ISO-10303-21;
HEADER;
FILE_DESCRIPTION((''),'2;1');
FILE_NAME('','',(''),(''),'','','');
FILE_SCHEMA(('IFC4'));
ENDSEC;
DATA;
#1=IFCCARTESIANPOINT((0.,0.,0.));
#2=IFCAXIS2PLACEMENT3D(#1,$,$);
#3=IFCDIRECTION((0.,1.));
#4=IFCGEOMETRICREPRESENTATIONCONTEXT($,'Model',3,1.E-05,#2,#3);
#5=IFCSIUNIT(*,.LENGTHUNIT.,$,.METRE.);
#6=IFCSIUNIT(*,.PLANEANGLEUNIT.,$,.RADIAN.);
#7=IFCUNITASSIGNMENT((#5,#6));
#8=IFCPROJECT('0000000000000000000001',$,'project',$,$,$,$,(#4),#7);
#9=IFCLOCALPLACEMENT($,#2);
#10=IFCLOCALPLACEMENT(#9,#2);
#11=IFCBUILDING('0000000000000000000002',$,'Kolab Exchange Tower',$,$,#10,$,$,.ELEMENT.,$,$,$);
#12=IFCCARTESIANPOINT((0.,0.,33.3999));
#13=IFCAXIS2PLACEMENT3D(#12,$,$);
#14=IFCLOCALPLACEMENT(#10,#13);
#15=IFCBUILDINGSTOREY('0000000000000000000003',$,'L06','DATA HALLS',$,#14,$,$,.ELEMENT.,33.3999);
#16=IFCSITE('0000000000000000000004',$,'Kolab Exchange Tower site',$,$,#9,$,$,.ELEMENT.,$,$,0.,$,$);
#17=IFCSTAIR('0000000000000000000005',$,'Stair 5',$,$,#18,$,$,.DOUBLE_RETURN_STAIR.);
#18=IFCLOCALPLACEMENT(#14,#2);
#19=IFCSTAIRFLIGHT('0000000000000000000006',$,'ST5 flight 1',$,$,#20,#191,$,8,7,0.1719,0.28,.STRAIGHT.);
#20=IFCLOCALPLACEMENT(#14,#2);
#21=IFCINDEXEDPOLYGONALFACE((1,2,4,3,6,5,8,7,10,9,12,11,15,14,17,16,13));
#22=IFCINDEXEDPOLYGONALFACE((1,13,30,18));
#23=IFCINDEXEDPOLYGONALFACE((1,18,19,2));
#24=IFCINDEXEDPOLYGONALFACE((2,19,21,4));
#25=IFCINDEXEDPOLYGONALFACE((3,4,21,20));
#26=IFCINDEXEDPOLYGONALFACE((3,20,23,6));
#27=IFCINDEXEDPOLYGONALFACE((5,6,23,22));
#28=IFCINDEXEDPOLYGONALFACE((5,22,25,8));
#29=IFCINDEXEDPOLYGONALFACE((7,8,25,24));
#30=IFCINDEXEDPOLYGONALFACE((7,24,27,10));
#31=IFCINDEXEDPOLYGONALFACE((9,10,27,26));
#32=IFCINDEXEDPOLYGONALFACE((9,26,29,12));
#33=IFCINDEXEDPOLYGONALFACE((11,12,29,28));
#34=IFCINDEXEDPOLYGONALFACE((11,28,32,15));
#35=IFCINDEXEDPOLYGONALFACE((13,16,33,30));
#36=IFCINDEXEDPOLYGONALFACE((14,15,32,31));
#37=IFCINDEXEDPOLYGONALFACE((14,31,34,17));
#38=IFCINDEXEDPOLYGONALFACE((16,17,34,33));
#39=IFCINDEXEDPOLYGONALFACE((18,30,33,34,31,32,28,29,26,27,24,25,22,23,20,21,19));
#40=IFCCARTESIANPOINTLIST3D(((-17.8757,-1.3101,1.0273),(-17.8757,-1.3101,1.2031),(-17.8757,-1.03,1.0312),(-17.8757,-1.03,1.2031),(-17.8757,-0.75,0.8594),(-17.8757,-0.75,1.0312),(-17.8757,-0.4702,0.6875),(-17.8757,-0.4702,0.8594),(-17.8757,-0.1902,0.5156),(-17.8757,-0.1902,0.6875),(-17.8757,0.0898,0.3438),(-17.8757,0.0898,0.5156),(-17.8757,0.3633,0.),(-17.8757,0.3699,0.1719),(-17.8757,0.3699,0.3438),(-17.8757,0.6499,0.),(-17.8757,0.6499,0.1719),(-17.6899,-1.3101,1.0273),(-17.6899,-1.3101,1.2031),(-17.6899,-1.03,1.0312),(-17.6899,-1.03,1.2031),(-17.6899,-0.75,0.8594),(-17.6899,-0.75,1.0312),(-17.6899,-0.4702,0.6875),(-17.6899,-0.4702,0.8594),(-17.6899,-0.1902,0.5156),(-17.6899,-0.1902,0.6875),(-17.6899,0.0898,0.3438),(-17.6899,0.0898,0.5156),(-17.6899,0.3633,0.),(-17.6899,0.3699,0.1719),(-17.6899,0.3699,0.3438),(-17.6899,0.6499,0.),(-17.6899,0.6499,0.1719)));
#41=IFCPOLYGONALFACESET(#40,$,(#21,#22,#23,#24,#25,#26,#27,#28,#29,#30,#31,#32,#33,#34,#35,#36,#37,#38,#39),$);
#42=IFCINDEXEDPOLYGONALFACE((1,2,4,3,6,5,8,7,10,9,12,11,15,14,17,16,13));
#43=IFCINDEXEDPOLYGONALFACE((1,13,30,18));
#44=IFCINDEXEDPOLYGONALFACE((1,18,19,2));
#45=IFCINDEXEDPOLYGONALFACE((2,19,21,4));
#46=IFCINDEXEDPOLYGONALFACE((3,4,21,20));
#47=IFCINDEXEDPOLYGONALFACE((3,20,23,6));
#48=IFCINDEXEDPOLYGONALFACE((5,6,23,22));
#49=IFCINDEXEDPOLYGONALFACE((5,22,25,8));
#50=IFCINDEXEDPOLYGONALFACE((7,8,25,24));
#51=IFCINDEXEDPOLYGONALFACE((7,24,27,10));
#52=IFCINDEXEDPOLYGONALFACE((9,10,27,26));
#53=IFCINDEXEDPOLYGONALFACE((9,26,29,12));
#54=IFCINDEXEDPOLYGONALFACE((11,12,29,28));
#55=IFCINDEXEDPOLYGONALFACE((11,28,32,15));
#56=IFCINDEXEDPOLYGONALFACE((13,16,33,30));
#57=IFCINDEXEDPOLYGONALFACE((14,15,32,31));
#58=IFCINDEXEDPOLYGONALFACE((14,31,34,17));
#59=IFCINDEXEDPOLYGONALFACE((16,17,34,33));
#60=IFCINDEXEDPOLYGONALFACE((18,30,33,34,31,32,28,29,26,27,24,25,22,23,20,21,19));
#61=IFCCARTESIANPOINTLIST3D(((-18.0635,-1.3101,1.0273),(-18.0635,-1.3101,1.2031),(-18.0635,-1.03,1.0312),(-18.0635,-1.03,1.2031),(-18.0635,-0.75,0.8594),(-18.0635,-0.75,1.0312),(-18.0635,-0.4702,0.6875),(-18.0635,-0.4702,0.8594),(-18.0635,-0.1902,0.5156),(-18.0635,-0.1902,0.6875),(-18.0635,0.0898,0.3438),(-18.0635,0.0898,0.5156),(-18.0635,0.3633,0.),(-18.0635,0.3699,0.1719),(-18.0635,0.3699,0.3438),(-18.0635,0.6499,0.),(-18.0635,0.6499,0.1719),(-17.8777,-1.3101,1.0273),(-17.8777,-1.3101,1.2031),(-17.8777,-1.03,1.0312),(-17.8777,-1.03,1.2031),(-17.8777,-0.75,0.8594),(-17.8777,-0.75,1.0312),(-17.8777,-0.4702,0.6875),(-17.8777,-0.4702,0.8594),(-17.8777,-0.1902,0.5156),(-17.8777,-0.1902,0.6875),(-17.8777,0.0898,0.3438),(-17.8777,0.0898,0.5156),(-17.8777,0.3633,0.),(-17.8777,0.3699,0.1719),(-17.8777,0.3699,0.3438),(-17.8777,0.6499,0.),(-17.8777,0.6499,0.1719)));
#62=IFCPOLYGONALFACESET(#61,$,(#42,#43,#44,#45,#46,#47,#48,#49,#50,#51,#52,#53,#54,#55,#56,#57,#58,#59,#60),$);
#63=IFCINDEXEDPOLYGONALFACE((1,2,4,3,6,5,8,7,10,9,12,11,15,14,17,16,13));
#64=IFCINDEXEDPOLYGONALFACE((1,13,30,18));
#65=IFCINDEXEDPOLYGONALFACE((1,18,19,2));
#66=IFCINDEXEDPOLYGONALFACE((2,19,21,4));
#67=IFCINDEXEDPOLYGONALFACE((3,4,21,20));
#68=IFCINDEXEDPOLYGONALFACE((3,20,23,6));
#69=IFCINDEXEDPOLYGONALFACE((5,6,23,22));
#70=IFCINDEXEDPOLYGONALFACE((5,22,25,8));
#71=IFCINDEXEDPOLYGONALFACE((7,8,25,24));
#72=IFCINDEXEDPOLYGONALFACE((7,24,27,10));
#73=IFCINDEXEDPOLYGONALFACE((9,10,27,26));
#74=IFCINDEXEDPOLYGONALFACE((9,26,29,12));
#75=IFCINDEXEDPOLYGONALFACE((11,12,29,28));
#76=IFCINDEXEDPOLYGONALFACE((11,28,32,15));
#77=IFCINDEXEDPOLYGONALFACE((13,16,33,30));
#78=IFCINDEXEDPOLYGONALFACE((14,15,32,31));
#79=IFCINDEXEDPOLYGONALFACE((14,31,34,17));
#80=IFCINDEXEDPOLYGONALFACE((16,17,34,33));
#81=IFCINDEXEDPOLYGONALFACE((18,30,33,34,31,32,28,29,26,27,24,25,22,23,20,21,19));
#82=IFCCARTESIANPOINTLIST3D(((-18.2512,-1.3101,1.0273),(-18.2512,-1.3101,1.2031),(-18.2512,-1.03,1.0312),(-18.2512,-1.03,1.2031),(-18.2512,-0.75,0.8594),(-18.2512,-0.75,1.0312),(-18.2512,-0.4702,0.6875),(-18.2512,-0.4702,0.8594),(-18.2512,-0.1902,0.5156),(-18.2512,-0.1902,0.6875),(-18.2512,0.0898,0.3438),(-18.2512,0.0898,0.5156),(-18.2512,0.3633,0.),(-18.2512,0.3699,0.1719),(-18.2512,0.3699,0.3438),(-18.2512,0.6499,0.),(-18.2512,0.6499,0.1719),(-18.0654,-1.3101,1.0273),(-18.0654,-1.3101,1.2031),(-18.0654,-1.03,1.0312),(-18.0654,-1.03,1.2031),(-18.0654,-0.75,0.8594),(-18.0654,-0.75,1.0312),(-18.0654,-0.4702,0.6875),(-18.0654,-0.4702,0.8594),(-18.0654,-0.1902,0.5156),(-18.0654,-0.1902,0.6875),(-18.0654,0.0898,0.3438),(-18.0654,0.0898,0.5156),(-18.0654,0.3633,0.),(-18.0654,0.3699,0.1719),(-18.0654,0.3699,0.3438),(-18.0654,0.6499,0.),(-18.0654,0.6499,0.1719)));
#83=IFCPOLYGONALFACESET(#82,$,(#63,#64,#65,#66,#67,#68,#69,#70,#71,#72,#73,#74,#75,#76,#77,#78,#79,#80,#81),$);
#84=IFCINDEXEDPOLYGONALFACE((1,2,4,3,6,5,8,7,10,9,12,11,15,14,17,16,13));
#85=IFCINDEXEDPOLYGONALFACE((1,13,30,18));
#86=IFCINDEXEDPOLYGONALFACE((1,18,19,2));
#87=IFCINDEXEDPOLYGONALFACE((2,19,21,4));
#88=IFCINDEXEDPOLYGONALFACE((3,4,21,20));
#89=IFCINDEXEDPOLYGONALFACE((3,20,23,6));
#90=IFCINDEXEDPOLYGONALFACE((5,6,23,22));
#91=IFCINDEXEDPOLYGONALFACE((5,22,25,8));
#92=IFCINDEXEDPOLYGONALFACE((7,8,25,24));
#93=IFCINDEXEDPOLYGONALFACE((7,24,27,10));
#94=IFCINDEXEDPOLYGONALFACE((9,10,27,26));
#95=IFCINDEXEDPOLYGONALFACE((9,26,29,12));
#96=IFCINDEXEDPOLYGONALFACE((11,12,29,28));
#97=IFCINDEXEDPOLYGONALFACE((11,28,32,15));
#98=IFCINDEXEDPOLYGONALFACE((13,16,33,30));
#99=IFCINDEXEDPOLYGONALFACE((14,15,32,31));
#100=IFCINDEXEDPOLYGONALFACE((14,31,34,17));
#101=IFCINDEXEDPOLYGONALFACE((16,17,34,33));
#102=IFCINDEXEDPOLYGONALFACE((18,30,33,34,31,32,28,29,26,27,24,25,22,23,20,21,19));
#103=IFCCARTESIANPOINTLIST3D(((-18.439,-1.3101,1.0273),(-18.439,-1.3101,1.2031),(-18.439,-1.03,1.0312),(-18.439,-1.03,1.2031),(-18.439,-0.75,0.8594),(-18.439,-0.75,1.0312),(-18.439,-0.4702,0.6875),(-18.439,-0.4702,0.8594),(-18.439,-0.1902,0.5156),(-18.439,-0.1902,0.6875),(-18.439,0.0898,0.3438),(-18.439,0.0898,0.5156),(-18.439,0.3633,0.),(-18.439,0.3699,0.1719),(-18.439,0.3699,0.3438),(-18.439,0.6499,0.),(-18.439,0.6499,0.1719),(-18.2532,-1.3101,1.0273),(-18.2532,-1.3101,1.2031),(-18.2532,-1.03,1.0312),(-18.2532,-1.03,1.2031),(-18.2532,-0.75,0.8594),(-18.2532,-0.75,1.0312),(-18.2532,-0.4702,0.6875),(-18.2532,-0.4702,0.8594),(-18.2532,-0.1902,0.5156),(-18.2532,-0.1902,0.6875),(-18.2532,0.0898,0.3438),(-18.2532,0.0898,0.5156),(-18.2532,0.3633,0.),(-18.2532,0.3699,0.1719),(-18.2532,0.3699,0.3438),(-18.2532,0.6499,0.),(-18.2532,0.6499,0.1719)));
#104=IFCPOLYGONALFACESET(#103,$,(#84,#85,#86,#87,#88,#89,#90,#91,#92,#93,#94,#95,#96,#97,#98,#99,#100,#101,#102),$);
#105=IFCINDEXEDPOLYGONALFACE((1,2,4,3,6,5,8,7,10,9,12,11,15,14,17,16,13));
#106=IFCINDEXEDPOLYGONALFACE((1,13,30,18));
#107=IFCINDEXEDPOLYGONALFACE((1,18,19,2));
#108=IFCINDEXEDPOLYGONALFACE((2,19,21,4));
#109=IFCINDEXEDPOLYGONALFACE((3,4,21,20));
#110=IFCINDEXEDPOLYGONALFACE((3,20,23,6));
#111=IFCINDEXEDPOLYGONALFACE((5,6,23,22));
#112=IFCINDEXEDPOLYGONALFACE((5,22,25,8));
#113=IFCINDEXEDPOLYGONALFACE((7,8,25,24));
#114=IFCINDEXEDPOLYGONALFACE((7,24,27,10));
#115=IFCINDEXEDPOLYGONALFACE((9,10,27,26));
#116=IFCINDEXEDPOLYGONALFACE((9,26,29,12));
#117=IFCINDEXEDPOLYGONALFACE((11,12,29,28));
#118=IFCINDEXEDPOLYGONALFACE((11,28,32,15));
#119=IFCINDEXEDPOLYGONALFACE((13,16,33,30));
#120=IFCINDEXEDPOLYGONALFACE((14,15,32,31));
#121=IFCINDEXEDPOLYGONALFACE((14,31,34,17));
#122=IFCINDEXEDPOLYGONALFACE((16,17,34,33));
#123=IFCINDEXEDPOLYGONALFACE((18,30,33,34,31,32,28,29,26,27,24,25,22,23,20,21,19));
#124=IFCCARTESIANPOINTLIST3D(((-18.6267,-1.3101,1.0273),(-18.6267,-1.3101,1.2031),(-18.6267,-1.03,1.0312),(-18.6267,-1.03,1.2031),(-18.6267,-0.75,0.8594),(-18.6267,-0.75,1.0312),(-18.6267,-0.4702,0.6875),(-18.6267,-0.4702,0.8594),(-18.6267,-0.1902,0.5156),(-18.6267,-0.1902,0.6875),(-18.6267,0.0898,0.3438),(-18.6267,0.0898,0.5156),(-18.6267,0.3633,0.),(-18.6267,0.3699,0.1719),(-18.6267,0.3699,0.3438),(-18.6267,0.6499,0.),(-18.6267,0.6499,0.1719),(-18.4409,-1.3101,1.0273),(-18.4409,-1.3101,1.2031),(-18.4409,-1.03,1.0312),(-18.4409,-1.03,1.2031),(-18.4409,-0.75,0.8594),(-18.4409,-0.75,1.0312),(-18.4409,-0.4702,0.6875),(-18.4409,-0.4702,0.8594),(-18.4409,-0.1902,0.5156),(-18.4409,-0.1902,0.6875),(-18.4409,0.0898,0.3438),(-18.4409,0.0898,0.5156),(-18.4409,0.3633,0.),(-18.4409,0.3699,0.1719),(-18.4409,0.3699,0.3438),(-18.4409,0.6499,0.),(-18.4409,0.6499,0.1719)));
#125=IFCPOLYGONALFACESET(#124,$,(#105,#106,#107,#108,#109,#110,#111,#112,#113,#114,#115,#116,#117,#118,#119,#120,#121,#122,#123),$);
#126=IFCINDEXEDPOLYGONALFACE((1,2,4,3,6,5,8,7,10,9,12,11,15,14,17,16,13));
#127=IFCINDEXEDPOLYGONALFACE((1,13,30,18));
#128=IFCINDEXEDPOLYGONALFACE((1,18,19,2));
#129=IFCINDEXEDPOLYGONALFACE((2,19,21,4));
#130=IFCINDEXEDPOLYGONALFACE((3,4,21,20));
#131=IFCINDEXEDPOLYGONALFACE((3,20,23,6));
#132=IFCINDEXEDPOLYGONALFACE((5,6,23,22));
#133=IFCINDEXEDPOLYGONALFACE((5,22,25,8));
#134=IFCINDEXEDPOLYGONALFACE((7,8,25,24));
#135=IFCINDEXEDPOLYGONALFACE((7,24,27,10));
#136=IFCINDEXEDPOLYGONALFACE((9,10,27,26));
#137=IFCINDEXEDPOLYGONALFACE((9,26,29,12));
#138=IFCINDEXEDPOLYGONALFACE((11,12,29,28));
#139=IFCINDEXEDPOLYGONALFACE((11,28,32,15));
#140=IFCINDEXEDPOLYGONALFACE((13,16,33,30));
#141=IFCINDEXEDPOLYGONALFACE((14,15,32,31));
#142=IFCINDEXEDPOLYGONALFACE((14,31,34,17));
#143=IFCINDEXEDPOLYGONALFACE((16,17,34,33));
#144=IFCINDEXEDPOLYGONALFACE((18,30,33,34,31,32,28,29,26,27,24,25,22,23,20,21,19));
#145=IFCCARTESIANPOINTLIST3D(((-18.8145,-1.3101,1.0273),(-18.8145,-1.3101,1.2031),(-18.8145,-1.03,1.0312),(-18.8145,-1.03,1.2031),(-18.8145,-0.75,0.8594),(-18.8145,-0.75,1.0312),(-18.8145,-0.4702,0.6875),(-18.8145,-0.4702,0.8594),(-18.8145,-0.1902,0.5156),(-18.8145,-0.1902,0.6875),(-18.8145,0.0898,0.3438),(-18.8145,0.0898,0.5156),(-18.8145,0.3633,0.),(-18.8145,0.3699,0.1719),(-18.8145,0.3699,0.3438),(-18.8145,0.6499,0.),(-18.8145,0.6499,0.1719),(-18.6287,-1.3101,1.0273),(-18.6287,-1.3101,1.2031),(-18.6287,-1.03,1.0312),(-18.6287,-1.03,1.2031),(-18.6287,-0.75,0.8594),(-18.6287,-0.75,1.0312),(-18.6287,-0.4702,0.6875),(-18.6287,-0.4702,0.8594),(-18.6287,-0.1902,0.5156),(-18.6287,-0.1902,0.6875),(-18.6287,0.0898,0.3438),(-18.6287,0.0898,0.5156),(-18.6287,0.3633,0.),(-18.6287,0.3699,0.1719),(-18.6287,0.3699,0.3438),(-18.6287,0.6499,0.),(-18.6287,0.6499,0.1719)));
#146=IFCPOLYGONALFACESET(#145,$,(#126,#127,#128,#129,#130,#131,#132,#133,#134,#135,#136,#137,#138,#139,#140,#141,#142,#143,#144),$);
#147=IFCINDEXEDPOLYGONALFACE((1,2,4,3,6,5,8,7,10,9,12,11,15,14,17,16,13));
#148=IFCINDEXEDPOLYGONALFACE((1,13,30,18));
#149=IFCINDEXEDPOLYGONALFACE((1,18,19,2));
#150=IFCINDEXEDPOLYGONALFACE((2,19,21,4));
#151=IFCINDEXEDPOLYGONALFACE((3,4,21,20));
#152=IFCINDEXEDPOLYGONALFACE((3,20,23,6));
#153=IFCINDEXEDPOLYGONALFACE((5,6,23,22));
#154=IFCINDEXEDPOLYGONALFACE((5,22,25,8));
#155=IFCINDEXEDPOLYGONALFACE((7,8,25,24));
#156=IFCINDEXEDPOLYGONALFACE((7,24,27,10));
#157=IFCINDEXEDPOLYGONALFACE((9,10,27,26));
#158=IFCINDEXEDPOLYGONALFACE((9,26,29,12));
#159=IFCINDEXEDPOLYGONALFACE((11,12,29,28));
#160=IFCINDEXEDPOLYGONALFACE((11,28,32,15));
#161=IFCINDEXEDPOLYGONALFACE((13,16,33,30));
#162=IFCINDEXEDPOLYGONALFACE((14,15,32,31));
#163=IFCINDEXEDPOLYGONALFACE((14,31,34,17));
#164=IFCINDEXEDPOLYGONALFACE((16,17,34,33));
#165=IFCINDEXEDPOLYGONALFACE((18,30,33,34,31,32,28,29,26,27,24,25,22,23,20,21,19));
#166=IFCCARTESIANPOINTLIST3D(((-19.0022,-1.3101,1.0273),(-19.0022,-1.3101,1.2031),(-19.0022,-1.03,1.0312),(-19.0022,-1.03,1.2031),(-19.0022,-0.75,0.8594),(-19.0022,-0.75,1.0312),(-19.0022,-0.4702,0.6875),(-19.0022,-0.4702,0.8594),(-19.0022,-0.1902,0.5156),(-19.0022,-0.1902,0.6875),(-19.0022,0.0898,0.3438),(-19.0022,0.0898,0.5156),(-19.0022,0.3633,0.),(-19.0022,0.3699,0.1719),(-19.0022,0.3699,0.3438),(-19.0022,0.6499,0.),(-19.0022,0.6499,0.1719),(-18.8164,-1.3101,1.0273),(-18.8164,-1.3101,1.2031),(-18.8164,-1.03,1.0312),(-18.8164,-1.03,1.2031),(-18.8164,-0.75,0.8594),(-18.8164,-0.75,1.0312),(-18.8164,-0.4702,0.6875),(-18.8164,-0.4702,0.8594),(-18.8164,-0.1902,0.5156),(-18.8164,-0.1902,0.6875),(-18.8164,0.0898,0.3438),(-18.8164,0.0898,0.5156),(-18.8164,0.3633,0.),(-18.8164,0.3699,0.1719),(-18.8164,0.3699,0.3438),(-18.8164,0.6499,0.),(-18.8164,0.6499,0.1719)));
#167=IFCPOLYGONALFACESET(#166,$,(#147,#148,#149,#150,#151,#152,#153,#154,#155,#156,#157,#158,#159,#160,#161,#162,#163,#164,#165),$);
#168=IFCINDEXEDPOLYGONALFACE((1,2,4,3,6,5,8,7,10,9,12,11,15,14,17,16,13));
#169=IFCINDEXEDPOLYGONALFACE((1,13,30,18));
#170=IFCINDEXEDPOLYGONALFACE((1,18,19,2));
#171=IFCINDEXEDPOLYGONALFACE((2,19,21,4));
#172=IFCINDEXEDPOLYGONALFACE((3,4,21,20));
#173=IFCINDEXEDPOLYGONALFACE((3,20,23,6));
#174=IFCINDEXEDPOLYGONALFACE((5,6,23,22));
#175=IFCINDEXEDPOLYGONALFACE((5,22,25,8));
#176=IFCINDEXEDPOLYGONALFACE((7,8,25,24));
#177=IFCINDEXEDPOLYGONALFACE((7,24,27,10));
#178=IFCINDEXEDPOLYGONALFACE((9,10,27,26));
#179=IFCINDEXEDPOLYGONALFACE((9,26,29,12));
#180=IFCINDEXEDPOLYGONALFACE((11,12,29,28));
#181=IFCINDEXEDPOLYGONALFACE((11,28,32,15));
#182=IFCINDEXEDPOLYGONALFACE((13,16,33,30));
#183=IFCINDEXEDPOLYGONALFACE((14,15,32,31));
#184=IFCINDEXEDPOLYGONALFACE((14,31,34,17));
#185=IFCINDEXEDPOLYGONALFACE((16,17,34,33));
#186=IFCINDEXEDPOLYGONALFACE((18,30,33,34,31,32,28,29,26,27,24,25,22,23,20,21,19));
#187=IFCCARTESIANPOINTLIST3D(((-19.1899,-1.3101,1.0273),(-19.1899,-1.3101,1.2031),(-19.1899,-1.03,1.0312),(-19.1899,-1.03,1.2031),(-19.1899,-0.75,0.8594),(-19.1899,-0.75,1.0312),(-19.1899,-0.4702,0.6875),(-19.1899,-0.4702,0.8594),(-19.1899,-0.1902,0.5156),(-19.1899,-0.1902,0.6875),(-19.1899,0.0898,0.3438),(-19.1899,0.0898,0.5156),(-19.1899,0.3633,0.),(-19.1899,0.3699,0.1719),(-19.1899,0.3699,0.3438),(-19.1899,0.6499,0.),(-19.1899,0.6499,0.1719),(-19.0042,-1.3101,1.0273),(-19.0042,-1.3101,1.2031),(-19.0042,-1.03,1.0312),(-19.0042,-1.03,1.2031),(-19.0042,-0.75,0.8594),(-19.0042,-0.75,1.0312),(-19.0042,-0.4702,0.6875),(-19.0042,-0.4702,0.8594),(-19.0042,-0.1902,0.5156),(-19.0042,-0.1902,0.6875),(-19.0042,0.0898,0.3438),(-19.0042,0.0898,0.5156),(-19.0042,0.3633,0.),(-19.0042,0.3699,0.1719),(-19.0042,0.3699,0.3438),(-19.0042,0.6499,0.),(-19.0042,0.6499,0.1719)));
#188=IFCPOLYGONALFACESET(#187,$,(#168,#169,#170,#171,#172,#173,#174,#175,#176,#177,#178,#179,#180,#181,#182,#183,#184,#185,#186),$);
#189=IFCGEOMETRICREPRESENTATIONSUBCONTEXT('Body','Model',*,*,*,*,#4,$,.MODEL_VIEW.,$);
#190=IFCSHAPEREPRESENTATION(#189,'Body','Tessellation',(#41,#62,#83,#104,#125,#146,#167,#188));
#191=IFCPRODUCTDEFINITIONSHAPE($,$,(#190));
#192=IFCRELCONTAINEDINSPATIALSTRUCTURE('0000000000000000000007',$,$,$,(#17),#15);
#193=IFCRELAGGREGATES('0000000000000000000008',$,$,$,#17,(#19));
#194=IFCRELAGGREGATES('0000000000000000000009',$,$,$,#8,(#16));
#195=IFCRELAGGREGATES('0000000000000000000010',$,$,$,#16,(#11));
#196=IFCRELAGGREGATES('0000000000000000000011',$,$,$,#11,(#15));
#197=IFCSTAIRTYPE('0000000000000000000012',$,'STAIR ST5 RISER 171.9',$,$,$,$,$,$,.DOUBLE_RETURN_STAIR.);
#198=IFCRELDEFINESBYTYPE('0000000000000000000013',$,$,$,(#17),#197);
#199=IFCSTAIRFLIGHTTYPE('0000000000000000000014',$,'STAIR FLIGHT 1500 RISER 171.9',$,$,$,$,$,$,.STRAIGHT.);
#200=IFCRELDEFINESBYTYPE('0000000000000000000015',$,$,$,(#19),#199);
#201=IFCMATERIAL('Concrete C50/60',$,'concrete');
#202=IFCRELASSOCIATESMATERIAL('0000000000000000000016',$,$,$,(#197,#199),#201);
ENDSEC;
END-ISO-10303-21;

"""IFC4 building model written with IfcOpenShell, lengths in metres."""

from ifc_helpers import new_model, si_unit, direction, frame, origin, place, context, subcontext, project, spatial, polyline, outline, extrude, material, type_object, element, aggregate, save


model = new_model("IFC4")

# Units and contexts
model_context = context("Model", 3, precision=1e-05, world=origin(), true_north=direction((0.0, 1.0)))
body_context = subcontext(model_context, "Body", "Model", "MODEL_VIEW")
ifc_project = project(units=[si_unit("LENGTHUNIT", "METRE"), si_unit("PLANEANGLEUNIT", "RADIAN")], contexts=[model_context])

# Site, building, storey
site_placement = place(None, origin())
site = spatial("IfcSite", under=ifc_project, at=site_placement, Name="Kolab Exchange Tower site", CompositionType="ELEMENT", RefElevation=0.0)
building_placement = place(site_placement, origin())
building = spatial("IfcBuilding", under=site, at=building_placement, Name="Kolab Exchange Tower", CompositionType="ELEMENT")
storey_placement = place(building_placement, frame((0.0, 0.0, 33.3999)))
storey = spatial("IfcBuildingStorey", under=building, at=storey_placement, Name="L06", Description="DATA HALLS", CompositionType="ELEMENT", Elevation=33.3999)

# Shared definitions
ifc_material_1 = material(Name="Concrete C50/60", Category="concrete")

# Stair, stair flight
stair_type = type_object("IfcStairType", Name="STAIR ST5 RISER 171.9", PredefinedType="DOUBLE_RETURN_STAIR", material=ifc_material_1)
stair_placement = place(storey_placement, origin())
stair = element("IfcStair", 1, at=stair_placement, inside=storey, type_object=stair_type, Name="Stair 5", PredefinedType="DOUBLE_RETURN_STAIR")
stair_flight_type = type_object("IfcStairFlightType", Name="STAIR FLIGHT 1500 RISER 171.9", PredefinedType="STRAIGHT", material=ifc_material_1)
stair_flight_1_placement = place(storey_placement, frame((-18.4399, 0.6499, 0.0), z_axis=(0.0, 0.0, 1.0), x_axis=(0.0, -1.0, 0.0)))
stair_flight_1 = element("IfcStairFlight", 2, at=stair_flight_1_placement, type_object=stair_flight_type, Name="ST5 flight 1", NumberOfRisers=8, NumberOfTreads=7, PredefinedType="STRAIGHT", RiserHeight=0.1719, TreadLength=0.28, context=body_context, shape_type="SweptSolid", body=[
    extrude(outline(polyline([(0.0, 0.0), (0.0, 0.1719), (0.28, 0.1719), (0.28, 0.3438), (0.5601, 0.3438), (0.5601, 0.5156), (0.8401, 0.5156), (0.8401, 0.6875), (1.1201, 0.6875), (1.1201, 0.8594), (1.3999, 0.8594), (1.3999, 1.0312), (1.6799, 1.0312), (1.6799, 1.2031), (1.96, 1.2031), (1.96, 1.375), (1.96, 1.0273), (0.2866, 0.0), (0.0, 0.0)])), frame((0.0, 0.75, 0.0), z_axis=(0.0, -1.0, 0.0), x_axis=(1.0, 0.0, 0.0)), (0.0, 0.0, 1.0), 0.1858),
    extrude(outline(polyline([(0.0, 0.0), (0.0, 0.1719), (0.28, 0.1719), (0.28, 0.3438), (0.5601, 0.3438), (0.5601, 0.5156), (0.8401, 0.5156), (0.8401, 0.6875), (1.1201, 0.6875), (1.1201, 0.8594), (1.3999, 0.8594), (1.3999, 1.0312), (1.6799, 1.0312), (1.6799, 1.2031), (1.96, 1.2031), (1.96, 1.375), (1.96, 1.0273), (0.2866, 0.0), (0.0, 0.0)])), frame((0.0, 0.5623, 0.0), z_axis=(0.0, -1.0, 0.0), x_axis=(1.0, 0.0, 0.0)), (0.0, 0.0, 1.0), 0.1858),
    extrude(outline(polyline([(0.0, 0.0), (0.0, 0.1719), (0.28, 0.1719), (0.28, 0.3438), (0.5601, 0.3438), (0.5601, 0.5156), (0.8401, 0.5156), (0.8401, 0.6875), (1.1201, 0.6875), (1.1201, 0.8594), (1.3999, 0.8594), (1.3999, 1.0312), (1.6799, 1.0312), (1.6799, 1.2031), (1.96, 1.2031), (1.96, 1.375), (1.96, 1.0273), (0.2866, 0.0), (0.0, 0.0)])), frame((0.0, 0.3745, 0.0), z_axis=(0.0, -1.0, 0.0), x_axis=(1.0, 0.0, 0.0)), (0.0, 0.0, 1.0), 0.1858),
    extrude(outline(polyline([(0.0, 0.0), (0.0, 0.1719), (0.28, 0.1719), (0.28, 0.3438), (0.5601, 0.3438), (0.5601, 0.5156), (0.8401, 0.5156), (0.8401, 0.6875), (1.1201, 0.6875), (1.1201, 0.8594), (1.3999, 0.8594), (1.3999, 1.0312), (1.6799, 1.0312), (1.6799, 1.2031), (1.96, 1.2031), (1.96, 1.375), (1.96, 1.0273), (0.2866, 0.0), (0.0, 0.0)])), frame((0.0, 0.1868, 0.0), z_axis=(0.0, -1.0, 0.0), x_axis=(1.0, 0.0, 0.0)), (0.0, 0.0, 1.0), 0.1858),
    extrude(outline(polyline([(0.0, 0.0), (0.0, 0.1719), (0.28, 0.1719), (0.28, 0.3438), (0.5601, 0.3438), (0.5601, 0.5156), (0.8401, 0.5156), (0.8401, 0.6875), (1.1201, 0.6875), (1.1201, 0.8594), (1.3999, 0.8594), (1.3999, 1.0312), (1.6799, 1.0312), (1.6799, 1.2031), (1.96, 1.2031), (1.96, 1.375), (1.96, 1.0273), (0.2866, 0.0), (0.0, 0.0)])), frame((0.0, -0.001, 0.0), z_axis=(0.0, -1.0, 0.0), x_axis=(1.0, 0.0, 0.0)), (0.0, 0.0, 1.0), 0.1858),
    extrude(outline(polyline([(0.0, 0.0), (0.0, 0.1719), (0.28, 0.1719), (0.28, 0.3438), (0.5601, 0.3438), (0.5601, 0.5156), (0.8401, 0.5156), (0.8401, 0.6875), (1.1201, 0.6875), (1.1201, 0.8594), (1.3999, 0.8594), (1.3999, 1.0312), (1.6799, 1.0312), (1.6799, 1.2031), (1.96, 1.2031), (1.96, 1.375), (1.96, 1.0273), (0.2866, 0.0), (0.0, 0.0)])), frame((0.0, -0.1887, 0.0), z_axis=(0.0, -1.0, 0.0), x_axis=(1.0, 0.0, 0.0)), (0.0, 0.0, 1.0), 0.1858),
    extrude(outline(polyline([(0.0, 0.0), (0.0, 0.1719), (0.28, 0.1719), (0.28, 0.3438), (0.5601, 0.3438), (0.5601, 0.5156), (0.8401, 0.5156), (0.8401, 0.6875), (1.1201, 0.6875), (1.1201, 0.8594), (1.3999, 0.8594), (1.3999, 1.0312), (1.6799, 1.0312), (1.6799, 1.2031), (1.96, 1.2031), (1.96, 1.375), (1.96, 1.0273), (0.2866, 0.0), (0.0, 0.0)])), frame((0.0, -0.3765, 0.0), z_axis=(0.0, -1.0, 0.0), x_axis=(1.0, 0.0, 0.0)), (0.0, 0.0, 1.0), 0.1858),
    extrude(outline(polyline([(0.0, 0.0), (0.0, 0.1719), (0.28, 0.1719), (0.28, 0.3438), (0.5601, 0.3438), (0.5601, 0.5156), (0.8401, 0.5156), (0.8401, 0.6875), (1.1201, 0.6875), (1.1201, 0.8594), (1.3999, 0.8594), (1.3999, 1.0312), (1.6799, 1.0312), (1.6799, 1.2031), (1.96, 1.2031), (1.96, 1.375), (1.96, 1.0273), (0.2866, 0.0), (0.0, 0.0)])), frame((0.0, -0.5642, 0.0), z_axis=(0.0, -1.0, 0.0), x_axis=(1.0, 0.0, 0.0)), (0.0, 0.0, 1.0), 0.1858),
])
aggregate(stair, [stair_flight_1])

save(model, "model.ifc")
